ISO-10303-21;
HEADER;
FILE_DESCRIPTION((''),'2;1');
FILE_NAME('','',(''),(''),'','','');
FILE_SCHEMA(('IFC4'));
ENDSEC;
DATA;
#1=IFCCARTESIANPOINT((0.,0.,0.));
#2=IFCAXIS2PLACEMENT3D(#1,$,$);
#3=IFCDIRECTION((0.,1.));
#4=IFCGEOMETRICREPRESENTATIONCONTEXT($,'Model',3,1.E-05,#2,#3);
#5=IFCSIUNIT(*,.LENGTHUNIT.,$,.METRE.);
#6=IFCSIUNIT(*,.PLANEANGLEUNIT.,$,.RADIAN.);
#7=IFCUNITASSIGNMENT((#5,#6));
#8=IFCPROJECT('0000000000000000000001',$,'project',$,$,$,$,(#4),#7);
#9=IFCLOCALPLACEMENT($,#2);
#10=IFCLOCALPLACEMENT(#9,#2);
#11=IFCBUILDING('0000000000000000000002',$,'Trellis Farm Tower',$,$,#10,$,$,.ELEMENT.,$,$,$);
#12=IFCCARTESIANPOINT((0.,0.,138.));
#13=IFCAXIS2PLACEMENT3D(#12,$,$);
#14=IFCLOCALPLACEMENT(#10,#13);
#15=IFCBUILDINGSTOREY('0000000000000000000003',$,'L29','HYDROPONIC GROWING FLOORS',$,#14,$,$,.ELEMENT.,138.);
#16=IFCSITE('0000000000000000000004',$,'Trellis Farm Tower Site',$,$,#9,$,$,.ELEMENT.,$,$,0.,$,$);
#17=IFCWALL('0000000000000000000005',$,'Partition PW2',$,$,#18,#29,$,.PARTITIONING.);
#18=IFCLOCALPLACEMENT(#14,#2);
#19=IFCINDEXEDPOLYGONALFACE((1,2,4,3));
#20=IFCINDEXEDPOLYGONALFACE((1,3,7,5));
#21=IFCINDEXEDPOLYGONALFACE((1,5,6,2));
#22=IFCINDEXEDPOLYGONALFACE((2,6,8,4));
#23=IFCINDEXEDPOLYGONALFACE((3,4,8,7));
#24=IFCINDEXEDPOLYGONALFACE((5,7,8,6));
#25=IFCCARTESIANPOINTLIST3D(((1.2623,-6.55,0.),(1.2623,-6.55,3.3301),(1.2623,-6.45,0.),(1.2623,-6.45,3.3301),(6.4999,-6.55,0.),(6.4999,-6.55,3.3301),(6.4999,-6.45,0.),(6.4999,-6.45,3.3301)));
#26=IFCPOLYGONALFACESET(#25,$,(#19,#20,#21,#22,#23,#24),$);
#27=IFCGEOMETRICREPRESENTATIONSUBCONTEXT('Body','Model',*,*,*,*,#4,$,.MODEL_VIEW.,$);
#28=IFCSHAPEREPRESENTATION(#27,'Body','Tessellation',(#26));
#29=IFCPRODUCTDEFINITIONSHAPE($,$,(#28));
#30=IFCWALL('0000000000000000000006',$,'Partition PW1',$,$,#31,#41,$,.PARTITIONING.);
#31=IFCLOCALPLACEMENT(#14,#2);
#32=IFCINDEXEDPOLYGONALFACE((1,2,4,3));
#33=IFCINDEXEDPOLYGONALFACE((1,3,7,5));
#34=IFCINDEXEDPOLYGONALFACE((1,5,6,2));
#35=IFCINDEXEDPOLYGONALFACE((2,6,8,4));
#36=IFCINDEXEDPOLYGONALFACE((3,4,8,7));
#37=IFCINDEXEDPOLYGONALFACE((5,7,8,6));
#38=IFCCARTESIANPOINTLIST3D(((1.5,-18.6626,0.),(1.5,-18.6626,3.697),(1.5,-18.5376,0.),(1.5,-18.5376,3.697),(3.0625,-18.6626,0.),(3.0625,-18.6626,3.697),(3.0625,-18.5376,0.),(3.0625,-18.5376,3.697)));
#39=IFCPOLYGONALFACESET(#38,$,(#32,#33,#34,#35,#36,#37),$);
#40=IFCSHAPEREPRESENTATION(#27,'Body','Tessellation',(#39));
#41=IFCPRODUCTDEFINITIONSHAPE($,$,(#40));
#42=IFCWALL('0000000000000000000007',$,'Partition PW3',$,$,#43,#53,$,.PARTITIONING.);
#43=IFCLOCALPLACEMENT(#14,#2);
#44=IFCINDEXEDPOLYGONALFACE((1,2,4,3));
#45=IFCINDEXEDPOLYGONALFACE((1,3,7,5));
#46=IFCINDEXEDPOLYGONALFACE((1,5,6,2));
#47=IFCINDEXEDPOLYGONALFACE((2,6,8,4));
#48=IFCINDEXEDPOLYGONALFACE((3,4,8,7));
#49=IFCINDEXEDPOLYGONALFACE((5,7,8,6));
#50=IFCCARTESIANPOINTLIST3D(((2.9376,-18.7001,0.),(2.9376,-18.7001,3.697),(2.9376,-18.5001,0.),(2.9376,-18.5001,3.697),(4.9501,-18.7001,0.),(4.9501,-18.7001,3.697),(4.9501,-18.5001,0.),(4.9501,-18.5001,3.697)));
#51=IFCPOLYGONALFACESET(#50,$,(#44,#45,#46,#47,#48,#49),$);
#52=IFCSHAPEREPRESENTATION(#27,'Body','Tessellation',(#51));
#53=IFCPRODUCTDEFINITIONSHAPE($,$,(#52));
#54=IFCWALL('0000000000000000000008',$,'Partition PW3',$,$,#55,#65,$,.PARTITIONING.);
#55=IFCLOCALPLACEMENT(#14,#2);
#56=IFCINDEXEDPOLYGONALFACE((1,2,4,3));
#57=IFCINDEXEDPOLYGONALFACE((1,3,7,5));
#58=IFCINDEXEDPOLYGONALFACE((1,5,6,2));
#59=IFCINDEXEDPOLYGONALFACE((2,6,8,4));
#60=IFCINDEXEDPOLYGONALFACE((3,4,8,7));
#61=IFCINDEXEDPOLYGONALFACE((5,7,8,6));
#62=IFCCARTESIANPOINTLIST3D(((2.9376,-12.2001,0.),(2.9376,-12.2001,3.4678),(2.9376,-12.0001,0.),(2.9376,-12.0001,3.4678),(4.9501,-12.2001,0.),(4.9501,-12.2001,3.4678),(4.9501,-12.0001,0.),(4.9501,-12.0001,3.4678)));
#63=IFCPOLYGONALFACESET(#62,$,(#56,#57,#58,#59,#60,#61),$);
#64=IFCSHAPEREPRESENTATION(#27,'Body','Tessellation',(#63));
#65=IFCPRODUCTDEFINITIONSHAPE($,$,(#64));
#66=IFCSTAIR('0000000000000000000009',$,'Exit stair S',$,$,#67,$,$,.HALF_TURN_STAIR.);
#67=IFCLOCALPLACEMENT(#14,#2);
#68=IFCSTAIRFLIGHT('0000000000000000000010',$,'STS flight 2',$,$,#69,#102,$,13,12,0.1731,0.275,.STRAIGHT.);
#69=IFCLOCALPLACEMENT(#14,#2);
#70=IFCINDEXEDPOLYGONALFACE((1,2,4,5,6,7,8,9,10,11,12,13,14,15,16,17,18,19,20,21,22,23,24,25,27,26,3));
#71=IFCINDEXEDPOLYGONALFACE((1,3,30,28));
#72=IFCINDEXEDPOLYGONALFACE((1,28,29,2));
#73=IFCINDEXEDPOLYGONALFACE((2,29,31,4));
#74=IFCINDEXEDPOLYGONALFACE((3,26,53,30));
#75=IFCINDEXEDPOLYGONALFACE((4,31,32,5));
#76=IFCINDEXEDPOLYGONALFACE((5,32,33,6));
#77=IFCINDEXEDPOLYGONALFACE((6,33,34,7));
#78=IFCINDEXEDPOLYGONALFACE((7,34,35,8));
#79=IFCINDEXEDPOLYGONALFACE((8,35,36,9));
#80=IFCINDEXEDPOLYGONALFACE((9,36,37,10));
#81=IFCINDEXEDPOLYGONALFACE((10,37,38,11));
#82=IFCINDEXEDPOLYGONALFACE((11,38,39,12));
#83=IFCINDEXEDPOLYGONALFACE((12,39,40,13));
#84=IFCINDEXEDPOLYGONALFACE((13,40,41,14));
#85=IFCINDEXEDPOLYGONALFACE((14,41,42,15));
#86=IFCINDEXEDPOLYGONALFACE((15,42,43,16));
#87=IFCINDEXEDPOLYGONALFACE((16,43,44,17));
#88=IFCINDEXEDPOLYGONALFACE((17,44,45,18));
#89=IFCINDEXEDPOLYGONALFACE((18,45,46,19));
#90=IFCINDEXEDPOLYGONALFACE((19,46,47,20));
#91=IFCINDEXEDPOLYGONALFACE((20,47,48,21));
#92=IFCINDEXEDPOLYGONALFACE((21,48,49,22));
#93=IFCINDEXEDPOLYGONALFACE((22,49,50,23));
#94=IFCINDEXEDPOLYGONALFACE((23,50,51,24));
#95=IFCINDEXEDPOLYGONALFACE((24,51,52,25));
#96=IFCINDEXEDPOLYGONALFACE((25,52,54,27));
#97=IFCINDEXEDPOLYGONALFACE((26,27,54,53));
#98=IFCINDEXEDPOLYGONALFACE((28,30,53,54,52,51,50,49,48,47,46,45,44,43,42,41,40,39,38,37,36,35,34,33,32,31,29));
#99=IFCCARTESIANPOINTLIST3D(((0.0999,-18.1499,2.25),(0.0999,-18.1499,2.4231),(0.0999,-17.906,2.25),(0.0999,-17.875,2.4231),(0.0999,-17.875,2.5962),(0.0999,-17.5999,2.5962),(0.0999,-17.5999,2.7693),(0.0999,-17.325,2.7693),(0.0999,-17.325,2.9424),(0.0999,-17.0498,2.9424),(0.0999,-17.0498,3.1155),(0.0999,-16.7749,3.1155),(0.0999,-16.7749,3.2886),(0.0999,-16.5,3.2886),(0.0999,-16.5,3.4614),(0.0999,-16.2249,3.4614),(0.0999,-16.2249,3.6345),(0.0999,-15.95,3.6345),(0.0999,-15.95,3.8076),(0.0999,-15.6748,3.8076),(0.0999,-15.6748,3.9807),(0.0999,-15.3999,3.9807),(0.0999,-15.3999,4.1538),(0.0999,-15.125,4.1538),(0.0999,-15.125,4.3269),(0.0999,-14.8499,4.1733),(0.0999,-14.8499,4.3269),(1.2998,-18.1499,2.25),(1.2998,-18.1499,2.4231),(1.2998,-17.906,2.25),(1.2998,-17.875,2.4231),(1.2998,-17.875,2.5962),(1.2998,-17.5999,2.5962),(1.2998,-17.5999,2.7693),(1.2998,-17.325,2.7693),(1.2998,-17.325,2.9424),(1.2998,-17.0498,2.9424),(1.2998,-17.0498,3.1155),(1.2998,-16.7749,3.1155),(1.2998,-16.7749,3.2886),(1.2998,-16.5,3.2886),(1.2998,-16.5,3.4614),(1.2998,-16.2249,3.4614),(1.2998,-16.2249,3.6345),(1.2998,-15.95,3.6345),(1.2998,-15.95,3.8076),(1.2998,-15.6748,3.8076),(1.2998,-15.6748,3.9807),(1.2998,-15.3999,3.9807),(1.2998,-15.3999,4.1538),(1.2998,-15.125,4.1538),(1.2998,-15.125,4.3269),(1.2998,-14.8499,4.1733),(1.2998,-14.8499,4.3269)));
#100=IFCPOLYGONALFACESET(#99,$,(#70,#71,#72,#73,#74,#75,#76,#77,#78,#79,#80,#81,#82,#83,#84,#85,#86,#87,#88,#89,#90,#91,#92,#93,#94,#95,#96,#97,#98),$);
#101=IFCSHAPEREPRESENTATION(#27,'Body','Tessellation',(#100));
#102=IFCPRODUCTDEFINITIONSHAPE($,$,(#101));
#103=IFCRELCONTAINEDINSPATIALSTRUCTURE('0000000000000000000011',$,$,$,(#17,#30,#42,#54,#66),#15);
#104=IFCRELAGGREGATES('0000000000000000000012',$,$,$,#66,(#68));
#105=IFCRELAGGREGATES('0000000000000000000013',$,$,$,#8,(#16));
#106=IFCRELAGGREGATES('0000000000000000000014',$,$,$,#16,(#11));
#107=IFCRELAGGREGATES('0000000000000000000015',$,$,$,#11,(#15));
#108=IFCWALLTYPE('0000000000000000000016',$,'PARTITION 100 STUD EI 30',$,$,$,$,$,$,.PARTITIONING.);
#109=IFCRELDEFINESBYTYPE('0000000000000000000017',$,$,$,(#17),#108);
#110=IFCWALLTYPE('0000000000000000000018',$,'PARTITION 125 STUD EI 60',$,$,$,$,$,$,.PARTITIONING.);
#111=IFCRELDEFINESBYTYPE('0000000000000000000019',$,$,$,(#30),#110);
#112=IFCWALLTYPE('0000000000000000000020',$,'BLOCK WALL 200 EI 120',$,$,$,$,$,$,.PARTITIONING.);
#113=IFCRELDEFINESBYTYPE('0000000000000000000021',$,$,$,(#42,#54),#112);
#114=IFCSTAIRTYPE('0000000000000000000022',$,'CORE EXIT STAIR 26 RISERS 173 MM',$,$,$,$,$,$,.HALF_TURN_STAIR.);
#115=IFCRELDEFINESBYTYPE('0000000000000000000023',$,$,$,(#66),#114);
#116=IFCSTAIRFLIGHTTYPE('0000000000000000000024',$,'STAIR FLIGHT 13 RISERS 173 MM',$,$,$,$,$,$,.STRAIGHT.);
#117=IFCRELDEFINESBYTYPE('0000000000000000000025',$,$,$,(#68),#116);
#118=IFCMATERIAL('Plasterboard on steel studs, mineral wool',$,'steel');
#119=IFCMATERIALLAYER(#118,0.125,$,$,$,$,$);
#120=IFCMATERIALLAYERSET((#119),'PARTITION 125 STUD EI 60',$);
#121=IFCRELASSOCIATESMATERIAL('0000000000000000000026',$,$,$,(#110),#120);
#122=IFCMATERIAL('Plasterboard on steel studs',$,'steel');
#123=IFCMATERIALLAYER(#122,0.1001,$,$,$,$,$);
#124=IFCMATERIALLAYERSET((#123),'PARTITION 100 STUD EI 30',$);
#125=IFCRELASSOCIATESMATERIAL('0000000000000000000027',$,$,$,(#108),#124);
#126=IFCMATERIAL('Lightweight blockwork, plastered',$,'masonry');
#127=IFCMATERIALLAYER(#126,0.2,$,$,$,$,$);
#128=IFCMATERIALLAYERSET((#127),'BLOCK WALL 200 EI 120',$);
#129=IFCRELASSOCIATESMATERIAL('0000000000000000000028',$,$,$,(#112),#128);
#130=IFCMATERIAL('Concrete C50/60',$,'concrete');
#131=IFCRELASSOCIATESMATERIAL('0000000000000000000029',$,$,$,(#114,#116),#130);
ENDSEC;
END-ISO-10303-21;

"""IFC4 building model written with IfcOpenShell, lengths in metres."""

from ifc_helpers import new_model, si_unit, direction, frame, frame_2d, origin, place, context, subcontext, project, spatial, polyline, rectangle, outline, extrude, source, transform, mapped, material, layer, layer_set, type_object, element, aggregate, save


model = new_model("IFC4")

# Units and contexts
model_context = context("Model", 3, precision=1e-05, world=origin(), true_north=direction((0.0, 1.0)))
body_context = subcontext(model_context, "Body", "Model", "MODEL_VIEW")
ifc_project = project(units=[si_unit("LENGTHUNIT", "METRE"), si_unit("PLANEANGLEUNIT", "RADIAN")], contexts=[model_context])

# Site, building, storey
site_placement = place(None, origin())
site = spatial("IfcSite", under=ifc_project, at=site_placement, Name="Trellis Farm Tower Site", CompositionType="ELEMENT", RefElevation=0.0)
building_placement = place(site_placement, origin())
building = spatial("IfcBuilding", under=site, at=building_placement, Name="Trellis Farm Tower", CompositionType="ELEMENT")
storey_placement = place(building_placement, frame((0.0, 0.0, 138.0)))
storey = spatial("IfcBuildingStorey", under=building, at=storey_placement, Name="L29", Description="HYDROPONIC GROWING FLOORS", CompositionType="ELEMENT", Elevation=138.0)

# Shared definitions
placement_1 = place(storey_placement, origin())

# Shared definitions
ifc_material_1 = material(Name="Plasterboard on steel studs, mineral wool", Category="steel")
ifc_layer_1 = layer(ifc_material_1, 0.125)
ifc_layer_set_1 = layer_set([ifc_layer_1], Name="PARTITION 125 STUD EI 60")
wall_type_1 = type_object("IfcWallType", Name="PARTITION 125 STUD EI 60", PredefinedType="PARTITIONING", material=ifc_layer_set_1)

# Walls
ifc_material_2 = material(Name="Plasterboard on steel studs", Category="steel")
ifc_layer_2 = layer(ifc_material_2, 0.1001)
ifc_layer_set_2 = layer_set([ifc_layer_2], Name="PARTITION 100 STUD EI 30")
wall_type_2 = type_object("IfcWallType", Name="PARTITION 100 STUD EI 30", PredefinedType="PARTITIONING", material=ifc_layer_set_2)
shared_shape_1 = source(origin(), body_context, "Body", "SweptSolid", [
    extrude(rectangle(XDim=5.2375, YDim=0.1001, at=frame_2d((2.6187, 0.0))), origin(), (0.0, 0.0, 1.0), 3.3301),
])
wall_1_placement = place(storey_placement, frame((1.2625, -6.5, 0.0), z_axis=(0.0, 0.0, 1.0), x_axis=(1.0, 0.0, 0.0)))
element("IfcWall", 1, at=wall_1_placement, inside=storey, type_object=wall_type_2, Name="Partition PW2", PredefinedType="PARTITIONING", context=body_context, shape_type="MappedRepresentation", body=[
    mapped(shared_shape_1, transform((0.0, 0.0, 0.0))),
])
shared_shape_2 = source(origin(), body_context, "Body", "SweptSolid", [
    extrude(rectangle(XDim=1.5625, YDim=0.125, at=frame_2d((0.7812, 0.0))), origin(), (0.0, 0.0, 1.0), 3.697),
])
wall_2_placement = place(storey_placement, frame((3.0625, -18.6001, 0.0), z_axis=(0.0, 0.0, 1.0), x_axis=(-1.0, 0.0, 0.0)))
element("IfcWall", 2, at=wall_2_placement, inside=storey, type_object=wall_type_1, Name="Partition PW1", PredefinedType="PARTITIONING", context=body_context, shape_type="MappedRepresentation", body=[
    mapped(shared_shape_2, transform((0.0, 0.0, 0.0))),
])
ifc_material_3 = material(Name="Lightweight blockwork, plastered", Category="masonry")
ifc_layer_3 = layer(ifc_material_3, 0.2)
ifc_layer_set_3 = layer_set([ifc_layer_3], Name="BLOCK WALL 200 EI 120")
wall_type_3 = type_object("IfcWallType", Name="BLOCK WALL 200 EI 120", PredefinedType="PARTITIONING", material=ifc_layer_set_3)
shared_shape_3 = source(origin(), body_context, "Body", "SweptSolid", [
    extrude(rectangle(XDim=2.0125, YDim=0.2, at=frame_2d((1.0063, 0.0))), origin(), (0.0, 0.0, 1.0), 3.697),
])
wall_3_placement = place(storey_placement, frame((2.9375, -18.6001, 0.0), z_axis=(0.0, 0.0, 1.0), x_axis=(1.0, 0.0, 0.0)))
element("IfcWall", 3, at=wall_3_placement, inside=storey, type_object=wall_type_3, Name="Partition PW3", PredefinedType="PARTITIONING", context=body_context, shape_type="MappedRepresentation", body=[
    mapped(shared_shape_3, transform((0.0, 0.0, 0.0))),
])
shared_shape_4 = source(origin(), body_context, "Body", "SweptSolid", [
    extrude(rectangle(XDim=2.0125, YDim=0.2, at=frame_2d((1.0063, 0.0))), origin(), (0.0, 0.0, 1.0), 3.4678),
])
wall_4_placement = place(storey_placement, frame((2.9375, -12.1001, 0.0), z_axis=(0.0, 0.0, 1.0), x_axis=(1.0, 0.0, 0.0)))
element("IfcWall", 4, at=wall_4_placement, inside=storey, type_object=wall_type_3, Name="Partition PW3", PredefinedType="PARTITIONING", context=body_context, shape_type="MappedRepresentation", body=[
    mapped(shared_shape_4, transform((0.0, 0.0, 0.0))),
])

# Stair, stair flight
ifc_material_4 = material(Name="Concrete C50/60", Category="concrete")
stair_type = type_object("IfcStairType", Name="CORE EXIT STAIR 26 RISERS 173 MM", PredefinedType="HALF_TURN_STAIR", material=ifc_material_4)
stair = element("IfcStair", 5, at=placement_1, inside=storey, type_object=stair_type, Name="Exit stair S", PredefinedType="HALF_TURN_STAIR")
stair_flight_type = type_object("IfcStairFlightType", Name="STAIR FLIGHT 13 RISERS 173 MM", PredefinedType="STRAIGHT", material=ifc_material_4)
shared_shape_5 = source(origin(), body_context, "Body", "SweptSolid", [
    extrude(outline(polyline([(0.0, 0.0), (0.0, 0.1731), (0.2749, 0.1731), (0.2749, 0.3462), (0.55, 0.3462), (0.55, 0.5193), (0.825, 0.5193), (0.825, 0.6924), (1.1001, 0.6924), (1.1001, 0.8655), (1.375, 0.8655), (1.375, 1.0386), (1.6499, 1.0386), (1.6499, 1.2114), (1.925, 1.2114), (1.925, 1.3845), (2.2, 1.3845), (2.2, 1.5576), (2.4751, 1.5576), (2.4751, 1.7307), (2.75, 1.7307), (2.75, 1.9038), (3.0249, 1.9038), (3.0249, 2.0769), (3.3, 2.0769), (3.3, 2.25), (3.3, 1.9233), (0.2439, 0.0), (0.0, 0.0)])), frame((0.0, 0.6001, 0.0), z_axis=(0.0, -1.0, 0.0), x_axis=(1.0, 0.0, 0.0)), (0.0, 0.0, 1.0), 1.2),
])
stair_flight_placement = place(storey_placement, frame((0.7, -18.1499, 2.25), z_axis=(0.0, 0.0, 1.0), x_axis=(0.0, 1.0, 0.0)))
stair_flight = element("IfcStairFlight", 6, at=stair_flight_placement, type_object=stair_flight_type, Name="STS flight 2", NumberOfRisers=13, NumberOfTreads=12, PredefinedType="STRAIGHT", RiserHeight=0.1731, TreadLength=0.275, context=body_context, shape_type="MappedRepresentation", body=[
    mapped(shared_shape_5, transform((0.0, 0.0, 0.0))),
])
aggregate(stair, [stair_flight])

save(model, "model.ifc")
